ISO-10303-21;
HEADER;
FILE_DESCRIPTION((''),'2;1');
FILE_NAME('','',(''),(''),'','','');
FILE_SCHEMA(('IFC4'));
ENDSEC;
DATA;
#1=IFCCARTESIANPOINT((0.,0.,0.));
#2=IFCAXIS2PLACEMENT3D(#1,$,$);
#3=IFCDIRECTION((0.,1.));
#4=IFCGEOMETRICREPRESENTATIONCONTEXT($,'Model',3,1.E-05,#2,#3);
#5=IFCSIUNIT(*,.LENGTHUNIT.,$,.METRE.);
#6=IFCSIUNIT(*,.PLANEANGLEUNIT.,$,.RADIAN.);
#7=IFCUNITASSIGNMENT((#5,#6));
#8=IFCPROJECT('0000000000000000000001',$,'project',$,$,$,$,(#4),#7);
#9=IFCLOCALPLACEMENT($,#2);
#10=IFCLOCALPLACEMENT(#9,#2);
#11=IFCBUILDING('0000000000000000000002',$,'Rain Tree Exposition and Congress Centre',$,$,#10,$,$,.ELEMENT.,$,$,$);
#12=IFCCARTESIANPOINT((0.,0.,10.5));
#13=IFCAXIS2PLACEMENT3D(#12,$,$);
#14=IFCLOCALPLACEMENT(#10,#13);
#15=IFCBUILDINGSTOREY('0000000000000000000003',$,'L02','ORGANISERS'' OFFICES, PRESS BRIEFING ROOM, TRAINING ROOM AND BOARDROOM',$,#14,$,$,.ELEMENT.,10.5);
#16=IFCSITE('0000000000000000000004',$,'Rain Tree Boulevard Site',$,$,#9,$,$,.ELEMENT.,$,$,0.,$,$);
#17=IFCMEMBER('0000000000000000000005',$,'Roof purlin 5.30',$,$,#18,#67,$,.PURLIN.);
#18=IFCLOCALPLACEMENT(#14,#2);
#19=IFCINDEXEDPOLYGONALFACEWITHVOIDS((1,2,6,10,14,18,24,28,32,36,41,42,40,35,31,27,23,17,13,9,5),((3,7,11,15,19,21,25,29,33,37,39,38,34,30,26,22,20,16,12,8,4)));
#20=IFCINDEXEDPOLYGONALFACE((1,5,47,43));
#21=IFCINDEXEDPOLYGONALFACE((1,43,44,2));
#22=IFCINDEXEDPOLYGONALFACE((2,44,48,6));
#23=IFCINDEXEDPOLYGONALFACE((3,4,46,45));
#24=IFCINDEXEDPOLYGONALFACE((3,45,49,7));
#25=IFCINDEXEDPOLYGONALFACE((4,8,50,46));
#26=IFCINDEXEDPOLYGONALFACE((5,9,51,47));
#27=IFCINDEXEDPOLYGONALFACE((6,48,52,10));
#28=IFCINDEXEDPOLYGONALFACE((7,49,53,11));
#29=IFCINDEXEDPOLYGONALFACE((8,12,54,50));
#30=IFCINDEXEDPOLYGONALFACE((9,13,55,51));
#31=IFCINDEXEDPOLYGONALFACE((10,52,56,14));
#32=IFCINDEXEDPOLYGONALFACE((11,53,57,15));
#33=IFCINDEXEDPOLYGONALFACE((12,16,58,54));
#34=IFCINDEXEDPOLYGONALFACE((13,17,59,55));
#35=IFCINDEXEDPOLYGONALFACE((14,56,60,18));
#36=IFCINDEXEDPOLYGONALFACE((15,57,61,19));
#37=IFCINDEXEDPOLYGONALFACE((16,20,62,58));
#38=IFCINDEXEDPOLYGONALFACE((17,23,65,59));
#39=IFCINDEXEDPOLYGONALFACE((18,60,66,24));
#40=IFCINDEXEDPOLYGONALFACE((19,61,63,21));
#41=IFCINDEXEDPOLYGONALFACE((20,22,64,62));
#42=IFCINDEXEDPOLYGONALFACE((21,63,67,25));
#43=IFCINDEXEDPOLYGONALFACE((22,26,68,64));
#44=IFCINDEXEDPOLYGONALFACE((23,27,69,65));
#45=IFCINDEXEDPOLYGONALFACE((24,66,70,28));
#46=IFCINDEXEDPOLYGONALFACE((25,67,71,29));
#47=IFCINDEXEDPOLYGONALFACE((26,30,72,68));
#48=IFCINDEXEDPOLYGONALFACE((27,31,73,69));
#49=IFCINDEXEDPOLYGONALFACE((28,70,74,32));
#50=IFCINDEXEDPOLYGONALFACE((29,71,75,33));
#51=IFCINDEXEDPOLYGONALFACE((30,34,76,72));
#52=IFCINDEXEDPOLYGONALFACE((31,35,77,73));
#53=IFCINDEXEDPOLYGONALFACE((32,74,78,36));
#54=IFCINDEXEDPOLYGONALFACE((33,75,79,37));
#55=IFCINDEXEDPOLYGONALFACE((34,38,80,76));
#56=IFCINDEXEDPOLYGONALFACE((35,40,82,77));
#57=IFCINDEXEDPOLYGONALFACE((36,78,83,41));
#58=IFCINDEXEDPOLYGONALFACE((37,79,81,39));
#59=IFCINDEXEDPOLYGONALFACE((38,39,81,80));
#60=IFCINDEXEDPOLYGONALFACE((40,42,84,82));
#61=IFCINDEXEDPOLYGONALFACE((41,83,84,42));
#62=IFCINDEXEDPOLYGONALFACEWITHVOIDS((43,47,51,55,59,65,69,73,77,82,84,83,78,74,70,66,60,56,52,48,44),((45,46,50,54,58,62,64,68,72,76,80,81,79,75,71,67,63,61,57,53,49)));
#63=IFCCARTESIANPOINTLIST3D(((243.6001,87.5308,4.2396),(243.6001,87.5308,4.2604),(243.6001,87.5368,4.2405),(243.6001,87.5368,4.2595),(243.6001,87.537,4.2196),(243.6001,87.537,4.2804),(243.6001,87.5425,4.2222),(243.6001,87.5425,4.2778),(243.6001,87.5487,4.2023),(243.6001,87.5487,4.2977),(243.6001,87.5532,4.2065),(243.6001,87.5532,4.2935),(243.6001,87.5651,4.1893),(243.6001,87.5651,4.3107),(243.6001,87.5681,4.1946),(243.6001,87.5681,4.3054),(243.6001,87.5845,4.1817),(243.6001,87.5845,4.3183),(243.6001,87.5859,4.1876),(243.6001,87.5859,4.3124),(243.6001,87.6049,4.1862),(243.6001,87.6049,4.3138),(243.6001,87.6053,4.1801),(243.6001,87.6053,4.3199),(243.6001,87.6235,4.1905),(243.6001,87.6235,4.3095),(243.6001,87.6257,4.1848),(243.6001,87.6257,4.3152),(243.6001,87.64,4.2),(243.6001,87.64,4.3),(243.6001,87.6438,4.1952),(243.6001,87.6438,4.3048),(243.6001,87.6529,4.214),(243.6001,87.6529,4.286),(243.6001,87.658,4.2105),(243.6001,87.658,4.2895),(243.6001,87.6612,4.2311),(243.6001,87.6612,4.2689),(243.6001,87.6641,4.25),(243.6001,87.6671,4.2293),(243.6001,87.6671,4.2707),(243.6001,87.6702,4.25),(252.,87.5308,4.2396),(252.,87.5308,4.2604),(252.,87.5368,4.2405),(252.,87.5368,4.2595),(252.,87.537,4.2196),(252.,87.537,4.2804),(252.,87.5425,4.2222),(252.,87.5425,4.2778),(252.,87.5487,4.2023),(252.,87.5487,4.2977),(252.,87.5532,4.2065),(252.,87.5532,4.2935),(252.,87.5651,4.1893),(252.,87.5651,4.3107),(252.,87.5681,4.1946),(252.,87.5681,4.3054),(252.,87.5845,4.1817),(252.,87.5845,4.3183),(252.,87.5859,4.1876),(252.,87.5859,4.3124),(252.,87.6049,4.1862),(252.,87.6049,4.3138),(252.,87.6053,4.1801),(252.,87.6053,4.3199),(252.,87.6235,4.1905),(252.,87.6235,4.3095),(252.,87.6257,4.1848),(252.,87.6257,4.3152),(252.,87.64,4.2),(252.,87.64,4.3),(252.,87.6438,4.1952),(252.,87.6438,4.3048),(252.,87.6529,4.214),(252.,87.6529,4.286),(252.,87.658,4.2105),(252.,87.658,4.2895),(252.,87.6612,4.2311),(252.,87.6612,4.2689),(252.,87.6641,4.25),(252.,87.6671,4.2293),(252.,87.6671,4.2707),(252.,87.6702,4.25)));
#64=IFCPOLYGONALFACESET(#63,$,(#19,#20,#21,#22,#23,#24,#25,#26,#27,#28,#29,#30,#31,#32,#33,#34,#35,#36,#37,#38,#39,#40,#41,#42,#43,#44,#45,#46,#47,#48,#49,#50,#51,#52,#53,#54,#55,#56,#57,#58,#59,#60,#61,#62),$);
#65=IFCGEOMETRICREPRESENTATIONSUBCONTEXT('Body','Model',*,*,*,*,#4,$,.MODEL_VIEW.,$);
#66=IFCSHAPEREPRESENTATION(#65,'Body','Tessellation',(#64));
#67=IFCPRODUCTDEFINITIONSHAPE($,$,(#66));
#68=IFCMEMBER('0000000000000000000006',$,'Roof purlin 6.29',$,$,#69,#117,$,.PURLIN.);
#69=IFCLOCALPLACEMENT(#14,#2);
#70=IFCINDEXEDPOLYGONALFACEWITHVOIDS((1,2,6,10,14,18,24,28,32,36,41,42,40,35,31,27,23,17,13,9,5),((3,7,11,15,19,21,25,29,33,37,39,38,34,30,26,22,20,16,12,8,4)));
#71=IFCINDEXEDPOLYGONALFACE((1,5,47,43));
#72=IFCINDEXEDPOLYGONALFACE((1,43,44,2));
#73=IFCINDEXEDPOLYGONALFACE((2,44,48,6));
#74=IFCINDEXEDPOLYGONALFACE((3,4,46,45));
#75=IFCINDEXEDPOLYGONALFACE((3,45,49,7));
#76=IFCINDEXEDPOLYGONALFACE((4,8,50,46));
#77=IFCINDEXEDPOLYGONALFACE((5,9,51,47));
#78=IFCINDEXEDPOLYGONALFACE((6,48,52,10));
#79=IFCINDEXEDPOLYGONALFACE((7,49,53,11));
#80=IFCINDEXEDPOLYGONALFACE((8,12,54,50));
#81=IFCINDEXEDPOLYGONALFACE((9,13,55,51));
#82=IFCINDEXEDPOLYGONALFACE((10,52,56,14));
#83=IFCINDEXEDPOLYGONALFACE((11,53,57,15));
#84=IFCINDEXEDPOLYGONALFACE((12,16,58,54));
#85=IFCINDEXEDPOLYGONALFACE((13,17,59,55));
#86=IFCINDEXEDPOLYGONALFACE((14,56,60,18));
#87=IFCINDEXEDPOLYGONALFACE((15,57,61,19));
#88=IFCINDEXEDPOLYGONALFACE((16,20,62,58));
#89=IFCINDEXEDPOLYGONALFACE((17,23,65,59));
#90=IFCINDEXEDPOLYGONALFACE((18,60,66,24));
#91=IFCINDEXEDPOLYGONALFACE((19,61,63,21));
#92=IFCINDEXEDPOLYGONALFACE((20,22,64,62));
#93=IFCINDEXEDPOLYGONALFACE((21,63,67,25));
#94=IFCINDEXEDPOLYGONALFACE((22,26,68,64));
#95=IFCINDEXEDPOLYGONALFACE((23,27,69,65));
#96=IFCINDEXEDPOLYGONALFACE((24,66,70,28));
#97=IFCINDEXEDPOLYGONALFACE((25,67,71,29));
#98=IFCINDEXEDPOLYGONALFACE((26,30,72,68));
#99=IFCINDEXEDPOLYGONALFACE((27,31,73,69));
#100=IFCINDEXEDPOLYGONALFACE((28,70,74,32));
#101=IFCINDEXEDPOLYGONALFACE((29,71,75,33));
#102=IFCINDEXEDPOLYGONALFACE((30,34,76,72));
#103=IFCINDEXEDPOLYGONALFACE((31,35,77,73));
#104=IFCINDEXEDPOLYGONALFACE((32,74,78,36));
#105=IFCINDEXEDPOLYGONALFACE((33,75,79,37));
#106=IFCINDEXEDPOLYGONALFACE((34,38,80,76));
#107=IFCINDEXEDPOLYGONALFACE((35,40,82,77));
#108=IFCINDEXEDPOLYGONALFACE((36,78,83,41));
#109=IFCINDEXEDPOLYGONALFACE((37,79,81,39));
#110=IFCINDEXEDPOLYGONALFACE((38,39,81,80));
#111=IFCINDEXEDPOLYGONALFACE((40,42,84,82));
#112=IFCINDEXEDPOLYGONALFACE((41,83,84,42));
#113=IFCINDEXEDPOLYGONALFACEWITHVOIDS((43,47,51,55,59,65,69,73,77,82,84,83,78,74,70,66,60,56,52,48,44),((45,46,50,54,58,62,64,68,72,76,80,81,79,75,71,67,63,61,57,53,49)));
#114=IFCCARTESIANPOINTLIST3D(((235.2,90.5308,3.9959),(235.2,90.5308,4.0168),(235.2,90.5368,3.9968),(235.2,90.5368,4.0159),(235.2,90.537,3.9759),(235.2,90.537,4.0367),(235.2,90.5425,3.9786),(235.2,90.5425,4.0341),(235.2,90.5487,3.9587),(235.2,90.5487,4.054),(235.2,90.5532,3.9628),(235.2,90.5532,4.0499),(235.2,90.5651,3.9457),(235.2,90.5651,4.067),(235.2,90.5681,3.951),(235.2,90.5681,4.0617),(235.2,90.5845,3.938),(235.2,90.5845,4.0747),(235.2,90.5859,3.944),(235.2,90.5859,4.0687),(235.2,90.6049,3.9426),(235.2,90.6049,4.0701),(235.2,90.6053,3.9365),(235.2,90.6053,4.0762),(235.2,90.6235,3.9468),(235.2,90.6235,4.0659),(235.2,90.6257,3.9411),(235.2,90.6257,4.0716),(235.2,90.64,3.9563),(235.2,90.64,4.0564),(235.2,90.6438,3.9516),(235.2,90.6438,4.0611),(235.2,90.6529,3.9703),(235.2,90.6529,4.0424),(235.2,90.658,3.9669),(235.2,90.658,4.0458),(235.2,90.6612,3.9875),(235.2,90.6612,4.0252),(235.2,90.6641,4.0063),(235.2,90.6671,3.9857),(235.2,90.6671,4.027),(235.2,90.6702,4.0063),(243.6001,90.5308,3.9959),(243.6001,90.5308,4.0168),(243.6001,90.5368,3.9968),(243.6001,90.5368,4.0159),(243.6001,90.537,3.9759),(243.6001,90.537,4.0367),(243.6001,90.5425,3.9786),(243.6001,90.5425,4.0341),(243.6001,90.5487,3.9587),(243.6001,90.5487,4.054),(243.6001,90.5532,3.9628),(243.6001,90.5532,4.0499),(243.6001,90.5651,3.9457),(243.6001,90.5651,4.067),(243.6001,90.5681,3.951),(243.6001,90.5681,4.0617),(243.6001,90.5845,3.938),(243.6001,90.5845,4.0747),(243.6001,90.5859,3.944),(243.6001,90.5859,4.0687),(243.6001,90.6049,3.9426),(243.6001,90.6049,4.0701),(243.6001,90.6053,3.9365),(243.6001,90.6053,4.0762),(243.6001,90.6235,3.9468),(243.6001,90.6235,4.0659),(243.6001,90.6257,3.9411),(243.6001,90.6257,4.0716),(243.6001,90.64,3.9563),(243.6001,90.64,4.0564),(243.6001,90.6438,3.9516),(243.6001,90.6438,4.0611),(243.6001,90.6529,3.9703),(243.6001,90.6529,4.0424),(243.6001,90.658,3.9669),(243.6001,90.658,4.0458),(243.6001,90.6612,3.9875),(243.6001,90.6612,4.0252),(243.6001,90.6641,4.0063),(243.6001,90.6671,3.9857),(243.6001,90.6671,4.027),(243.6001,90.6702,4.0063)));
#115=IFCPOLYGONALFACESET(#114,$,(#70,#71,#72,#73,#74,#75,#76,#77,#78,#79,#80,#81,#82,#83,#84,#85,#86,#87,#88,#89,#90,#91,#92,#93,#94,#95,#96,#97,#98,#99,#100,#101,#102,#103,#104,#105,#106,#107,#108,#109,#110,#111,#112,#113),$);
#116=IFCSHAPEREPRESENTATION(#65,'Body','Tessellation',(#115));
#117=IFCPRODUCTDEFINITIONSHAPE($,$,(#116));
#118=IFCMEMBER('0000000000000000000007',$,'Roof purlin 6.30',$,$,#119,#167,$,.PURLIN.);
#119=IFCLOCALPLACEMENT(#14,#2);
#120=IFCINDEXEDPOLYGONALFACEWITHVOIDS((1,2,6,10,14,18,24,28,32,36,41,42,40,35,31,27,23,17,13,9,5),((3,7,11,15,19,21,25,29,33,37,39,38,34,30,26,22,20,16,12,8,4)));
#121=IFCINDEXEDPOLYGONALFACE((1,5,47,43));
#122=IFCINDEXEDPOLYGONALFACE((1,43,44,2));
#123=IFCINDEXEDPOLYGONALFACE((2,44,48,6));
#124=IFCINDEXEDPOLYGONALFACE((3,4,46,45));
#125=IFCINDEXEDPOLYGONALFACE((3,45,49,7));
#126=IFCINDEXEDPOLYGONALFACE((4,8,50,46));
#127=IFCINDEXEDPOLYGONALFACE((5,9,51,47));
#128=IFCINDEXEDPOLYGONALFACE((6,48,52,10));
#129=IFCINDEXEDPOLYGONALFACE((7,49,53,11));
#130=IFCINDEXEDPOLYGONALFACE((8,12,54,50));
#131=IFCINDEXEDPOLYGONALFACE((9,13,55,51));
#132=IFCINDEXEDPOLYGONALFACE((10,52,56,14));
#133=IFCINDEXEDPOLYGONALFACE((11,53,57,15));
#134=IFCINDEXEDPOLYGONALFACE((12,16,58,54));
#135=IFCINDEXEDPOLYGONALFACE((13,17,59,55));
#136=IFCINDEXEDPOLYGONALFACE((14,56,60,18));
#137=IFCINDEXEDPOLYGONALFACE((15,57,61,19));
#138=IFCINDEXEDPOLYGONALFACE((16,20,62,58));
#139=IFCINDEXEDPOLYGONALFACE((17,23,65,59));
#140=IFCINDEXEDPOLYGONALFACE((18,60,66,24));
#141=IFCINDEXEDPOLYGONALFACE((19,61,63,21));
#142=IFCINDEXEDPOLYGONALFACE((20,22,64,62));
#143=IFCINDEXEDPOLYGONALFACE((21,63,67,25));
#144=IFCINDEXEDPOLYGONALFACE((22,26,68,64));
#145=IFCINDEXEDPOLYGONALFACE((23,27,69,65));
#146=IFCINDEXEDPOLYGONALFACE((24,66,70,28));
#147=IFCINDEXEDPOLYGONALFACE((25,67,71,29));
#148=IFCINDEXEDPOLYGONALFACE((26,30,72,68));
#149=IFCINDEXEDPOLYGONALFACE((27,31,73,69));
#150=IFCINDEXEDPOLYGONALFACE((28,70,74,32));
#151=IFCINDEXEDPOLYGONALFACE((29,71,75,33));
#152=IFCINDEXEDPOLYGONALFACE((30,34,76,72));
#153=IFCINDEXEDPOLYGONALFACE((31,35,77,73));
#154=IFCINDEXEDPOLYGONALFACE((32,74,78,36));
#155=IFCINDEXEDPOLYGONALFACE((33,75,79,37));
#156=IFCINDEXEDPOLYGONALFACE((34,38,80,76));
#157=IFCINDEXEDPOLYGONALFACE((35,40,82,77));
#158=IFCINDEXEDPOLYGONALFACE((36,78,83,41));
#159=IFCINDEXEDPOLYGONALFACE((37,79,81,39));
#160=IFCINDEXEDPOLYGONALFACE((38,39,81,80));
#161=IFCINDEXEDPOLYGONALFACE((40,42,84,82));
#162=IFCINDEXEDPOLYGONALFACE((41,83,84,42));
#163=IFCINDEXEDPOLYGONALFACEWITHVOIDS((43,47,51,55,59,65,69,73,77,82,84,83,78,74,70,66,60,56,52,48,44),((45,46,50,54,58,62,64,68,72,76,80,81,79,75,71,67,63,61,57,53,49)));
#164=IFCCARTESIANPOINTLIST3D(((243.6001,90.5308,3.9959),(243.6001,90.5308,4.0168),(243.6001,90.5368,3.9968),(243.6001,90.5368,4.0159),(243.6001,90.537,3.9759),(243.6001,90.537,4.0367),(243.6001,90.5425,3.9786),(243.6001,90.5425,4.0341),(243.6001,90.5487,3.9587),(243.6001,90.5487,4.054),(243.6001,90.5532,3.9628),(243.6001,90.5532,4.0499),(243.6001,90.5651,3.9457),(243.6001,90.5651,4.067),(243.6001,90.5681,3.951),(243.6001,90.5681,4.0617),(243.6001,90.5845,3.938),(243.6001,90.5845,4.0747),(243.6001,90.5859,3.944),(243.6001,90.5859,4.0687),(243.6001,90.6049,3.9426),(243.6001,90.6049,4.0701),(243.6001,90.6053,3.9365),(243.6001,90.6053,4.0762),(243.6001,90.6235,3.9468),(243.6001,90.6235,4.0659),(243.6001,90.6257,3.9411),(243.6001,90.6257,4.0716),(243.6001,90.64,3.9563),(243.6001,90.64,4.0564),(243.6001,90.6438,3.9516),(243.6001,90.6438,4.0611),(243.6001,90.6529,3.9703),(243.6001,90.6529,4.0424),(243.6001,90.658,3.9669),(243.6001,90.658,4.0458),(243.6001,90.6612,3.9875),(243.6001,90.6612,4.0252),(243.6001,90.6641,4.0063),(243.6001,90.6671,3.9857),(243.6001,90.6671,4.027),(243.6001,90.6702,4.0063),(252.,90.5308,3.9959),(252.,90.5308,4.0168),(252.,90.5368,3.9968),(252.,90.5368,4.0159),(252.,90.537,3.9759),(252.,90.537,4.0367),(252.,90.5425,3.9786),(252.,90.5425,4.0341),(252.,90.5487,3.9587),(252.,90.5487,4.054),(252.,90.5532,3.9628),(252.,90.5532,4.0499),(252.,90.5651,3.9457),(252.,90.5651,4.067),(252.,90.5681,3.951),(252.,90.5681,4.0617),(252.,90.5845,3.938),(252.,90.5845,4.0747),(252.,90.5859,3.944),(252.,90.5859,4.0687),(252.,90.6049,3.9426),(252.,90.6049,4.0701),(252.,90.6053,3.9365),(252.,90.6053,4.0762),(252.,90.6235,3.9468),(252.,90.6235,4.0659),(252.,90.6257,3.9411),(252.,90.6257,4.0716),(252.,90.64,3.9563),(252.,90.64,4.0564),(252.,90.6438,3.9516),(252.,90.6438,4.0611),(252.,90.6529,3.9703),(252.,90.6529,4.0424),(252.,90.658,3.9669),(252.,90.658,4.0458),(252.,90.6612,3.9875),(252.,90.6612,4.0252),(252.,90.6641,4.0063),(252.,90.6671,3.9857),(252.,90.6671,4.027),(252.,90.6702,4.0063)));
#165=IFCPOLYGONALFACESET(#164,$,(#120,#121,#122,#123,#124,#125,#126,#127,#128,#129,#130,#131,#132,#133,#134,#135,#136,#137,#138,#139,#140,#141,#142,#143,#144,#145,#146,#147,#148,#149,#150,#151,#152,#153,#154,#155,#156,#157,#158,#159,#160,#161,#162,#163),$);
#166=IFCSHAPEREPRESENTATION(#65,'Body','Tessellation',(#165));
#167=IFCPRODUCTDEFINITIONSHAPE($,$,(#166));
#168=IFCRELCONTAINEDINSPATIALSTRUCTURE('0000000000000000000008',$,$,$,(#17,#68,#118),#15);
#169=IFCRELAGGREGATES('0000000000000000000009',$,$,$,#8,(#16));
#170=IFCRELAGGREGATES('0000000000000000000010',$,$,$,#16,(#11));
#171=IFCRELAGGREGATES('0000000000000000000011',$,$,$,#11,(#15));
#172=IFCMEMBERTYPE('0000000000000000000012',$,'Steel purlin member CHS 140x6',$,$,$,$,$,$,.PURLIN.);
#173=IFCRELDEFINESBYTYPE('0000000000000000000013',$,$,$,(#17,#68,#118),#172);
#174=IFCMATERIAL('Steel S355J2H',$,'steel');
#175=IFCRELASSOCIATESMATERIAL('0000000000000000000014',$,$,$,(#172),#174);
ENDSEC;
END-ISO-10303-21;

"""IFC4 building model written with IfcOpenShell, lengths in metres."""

from ifc_helpers import new_model, si_unit, direction, frame, origin, origin_2d, place, context, subcontext, project, spatial, hollow_circle, extrude, material, material_profile, profile_set, type_object, element, save


model = new_model("IFC4")

# Units and contexts
model_context = context("Model", 3, precision=1e-05, world=origin(), true_north=direction((0.0, 1.0)))
body_context = subcontext(model_context, "Body", "Model", "MODEL_VIEW")
ifc_project = project(units=[si_unit("LENGTHUNIT", "METRE"), si_unit("PLANEANGLEUNIT", "RADIAN")], contexts=[model_context])

# Site, building, storey
site_placement = place(None, origin())
site = spatial("IfcSite", under=ifc_project, at=site_placement, Name="Rain Tree Boulevard Site", CompositionType="ELEMENT", RefElevation=0.0)
building_placement = place(site_placement, origin())
building = spatial("IfcBuilding", under=site, at=building_placement, Name="Rain Tree Exposition and Congress Centre", CompositionType="ELEMENT")
storey_placement = place(building_placement, frame((0.0, 0.0, 10.5)))
storey = spatial("IfcBuildingStorey", under=building, at=storey_placement, Name="L02", Description="ORGANISERS' OFFICES, PRESS BRIEFING ROOM, TRAINING ROOM AND BOARDROOM", CompositionType="ELEMENT", Elevation=10.5)

# Members
ifc_material_1 = material(Name="Steel S355J2H", Category="steel")
ifc_material_profile_1 = material_profile(ifc_material_1, hollow_circle(Radius=0.0701, WallThickness=0.0061, at=origin_2d()), Name="CHS 140x6")
ifc_profile_set_1 = profile_set([ifc_material_profile_1], Name="Steel S355J2H")
member_type_1 = type_object("IfcMemberType", Name="Steel purlin member CHS 140x6", PredefinedType="PURLIN", material=ifc_profile_set_1)
member_1_placement = place(storey_placement, frame((243.6001, 87.6001, 4.25), z_axis=(1.0, 0.0, 0.0), x_axis=(0.0, 1.0, 0.0)))
element("IfcMember", 1, at=member_1_placement, inside=storey, type_object=member_type_1, Name="Roof purlin 5.30", PredefinedType="PURLIN", context=body_context, shape_type="SweptSolid", body=[
    extrude(hollow_circle(Radius=0.0701, WallThickness=0.0061, at=origin_2d()), origin(), (0.0, 0.0, 1.0), 8.3999),
])
member_2_placement = place(storey_placement, frame((235.2, 90.6001, 4.0063), z_axis=(1.0, 0.0, 0.0), x_axis=(0.0, 1.0, 0.0)))
element("IfcMember", 2, at=member_2_placement, inside=storey, type_object=member_type_1, Name="Roof purlin 6.29", PredefinedType="PURLIN", context=body_context, shape_type="SweptSolid", body=[
    extrude(hollow_circle(Radius=0.0701, WallThickness=0.0061, at=origin_2d()), origin(), (0.0, 0.0, 1.0), 8.4001),
])
for number, where, z_axis, x_axis, name in (
    (3, (243.6001, 90.6001, 4.0063), (1.0, 0.0, 0.0), (0.0, 1.0, 0.0), "Roof purlin 6.30"),
):
    element("IfcMember", number, at=place(storey_placement, frame(where, z_axis=z_axis, x_axis=x_axis)), inside=storey, type_object=member_type_1, Name=name, PredefinedType="PURLIN", context=body_context, shape_type="SweptSolid", body=[
        extrude(hollow_circle(Radius=0.0701, WallThickness=0.0061, at=origin_2d()), origin(), (0.0, 0.0, 1.0), 8.3999),
    ])

save(model, "model.ifc")
